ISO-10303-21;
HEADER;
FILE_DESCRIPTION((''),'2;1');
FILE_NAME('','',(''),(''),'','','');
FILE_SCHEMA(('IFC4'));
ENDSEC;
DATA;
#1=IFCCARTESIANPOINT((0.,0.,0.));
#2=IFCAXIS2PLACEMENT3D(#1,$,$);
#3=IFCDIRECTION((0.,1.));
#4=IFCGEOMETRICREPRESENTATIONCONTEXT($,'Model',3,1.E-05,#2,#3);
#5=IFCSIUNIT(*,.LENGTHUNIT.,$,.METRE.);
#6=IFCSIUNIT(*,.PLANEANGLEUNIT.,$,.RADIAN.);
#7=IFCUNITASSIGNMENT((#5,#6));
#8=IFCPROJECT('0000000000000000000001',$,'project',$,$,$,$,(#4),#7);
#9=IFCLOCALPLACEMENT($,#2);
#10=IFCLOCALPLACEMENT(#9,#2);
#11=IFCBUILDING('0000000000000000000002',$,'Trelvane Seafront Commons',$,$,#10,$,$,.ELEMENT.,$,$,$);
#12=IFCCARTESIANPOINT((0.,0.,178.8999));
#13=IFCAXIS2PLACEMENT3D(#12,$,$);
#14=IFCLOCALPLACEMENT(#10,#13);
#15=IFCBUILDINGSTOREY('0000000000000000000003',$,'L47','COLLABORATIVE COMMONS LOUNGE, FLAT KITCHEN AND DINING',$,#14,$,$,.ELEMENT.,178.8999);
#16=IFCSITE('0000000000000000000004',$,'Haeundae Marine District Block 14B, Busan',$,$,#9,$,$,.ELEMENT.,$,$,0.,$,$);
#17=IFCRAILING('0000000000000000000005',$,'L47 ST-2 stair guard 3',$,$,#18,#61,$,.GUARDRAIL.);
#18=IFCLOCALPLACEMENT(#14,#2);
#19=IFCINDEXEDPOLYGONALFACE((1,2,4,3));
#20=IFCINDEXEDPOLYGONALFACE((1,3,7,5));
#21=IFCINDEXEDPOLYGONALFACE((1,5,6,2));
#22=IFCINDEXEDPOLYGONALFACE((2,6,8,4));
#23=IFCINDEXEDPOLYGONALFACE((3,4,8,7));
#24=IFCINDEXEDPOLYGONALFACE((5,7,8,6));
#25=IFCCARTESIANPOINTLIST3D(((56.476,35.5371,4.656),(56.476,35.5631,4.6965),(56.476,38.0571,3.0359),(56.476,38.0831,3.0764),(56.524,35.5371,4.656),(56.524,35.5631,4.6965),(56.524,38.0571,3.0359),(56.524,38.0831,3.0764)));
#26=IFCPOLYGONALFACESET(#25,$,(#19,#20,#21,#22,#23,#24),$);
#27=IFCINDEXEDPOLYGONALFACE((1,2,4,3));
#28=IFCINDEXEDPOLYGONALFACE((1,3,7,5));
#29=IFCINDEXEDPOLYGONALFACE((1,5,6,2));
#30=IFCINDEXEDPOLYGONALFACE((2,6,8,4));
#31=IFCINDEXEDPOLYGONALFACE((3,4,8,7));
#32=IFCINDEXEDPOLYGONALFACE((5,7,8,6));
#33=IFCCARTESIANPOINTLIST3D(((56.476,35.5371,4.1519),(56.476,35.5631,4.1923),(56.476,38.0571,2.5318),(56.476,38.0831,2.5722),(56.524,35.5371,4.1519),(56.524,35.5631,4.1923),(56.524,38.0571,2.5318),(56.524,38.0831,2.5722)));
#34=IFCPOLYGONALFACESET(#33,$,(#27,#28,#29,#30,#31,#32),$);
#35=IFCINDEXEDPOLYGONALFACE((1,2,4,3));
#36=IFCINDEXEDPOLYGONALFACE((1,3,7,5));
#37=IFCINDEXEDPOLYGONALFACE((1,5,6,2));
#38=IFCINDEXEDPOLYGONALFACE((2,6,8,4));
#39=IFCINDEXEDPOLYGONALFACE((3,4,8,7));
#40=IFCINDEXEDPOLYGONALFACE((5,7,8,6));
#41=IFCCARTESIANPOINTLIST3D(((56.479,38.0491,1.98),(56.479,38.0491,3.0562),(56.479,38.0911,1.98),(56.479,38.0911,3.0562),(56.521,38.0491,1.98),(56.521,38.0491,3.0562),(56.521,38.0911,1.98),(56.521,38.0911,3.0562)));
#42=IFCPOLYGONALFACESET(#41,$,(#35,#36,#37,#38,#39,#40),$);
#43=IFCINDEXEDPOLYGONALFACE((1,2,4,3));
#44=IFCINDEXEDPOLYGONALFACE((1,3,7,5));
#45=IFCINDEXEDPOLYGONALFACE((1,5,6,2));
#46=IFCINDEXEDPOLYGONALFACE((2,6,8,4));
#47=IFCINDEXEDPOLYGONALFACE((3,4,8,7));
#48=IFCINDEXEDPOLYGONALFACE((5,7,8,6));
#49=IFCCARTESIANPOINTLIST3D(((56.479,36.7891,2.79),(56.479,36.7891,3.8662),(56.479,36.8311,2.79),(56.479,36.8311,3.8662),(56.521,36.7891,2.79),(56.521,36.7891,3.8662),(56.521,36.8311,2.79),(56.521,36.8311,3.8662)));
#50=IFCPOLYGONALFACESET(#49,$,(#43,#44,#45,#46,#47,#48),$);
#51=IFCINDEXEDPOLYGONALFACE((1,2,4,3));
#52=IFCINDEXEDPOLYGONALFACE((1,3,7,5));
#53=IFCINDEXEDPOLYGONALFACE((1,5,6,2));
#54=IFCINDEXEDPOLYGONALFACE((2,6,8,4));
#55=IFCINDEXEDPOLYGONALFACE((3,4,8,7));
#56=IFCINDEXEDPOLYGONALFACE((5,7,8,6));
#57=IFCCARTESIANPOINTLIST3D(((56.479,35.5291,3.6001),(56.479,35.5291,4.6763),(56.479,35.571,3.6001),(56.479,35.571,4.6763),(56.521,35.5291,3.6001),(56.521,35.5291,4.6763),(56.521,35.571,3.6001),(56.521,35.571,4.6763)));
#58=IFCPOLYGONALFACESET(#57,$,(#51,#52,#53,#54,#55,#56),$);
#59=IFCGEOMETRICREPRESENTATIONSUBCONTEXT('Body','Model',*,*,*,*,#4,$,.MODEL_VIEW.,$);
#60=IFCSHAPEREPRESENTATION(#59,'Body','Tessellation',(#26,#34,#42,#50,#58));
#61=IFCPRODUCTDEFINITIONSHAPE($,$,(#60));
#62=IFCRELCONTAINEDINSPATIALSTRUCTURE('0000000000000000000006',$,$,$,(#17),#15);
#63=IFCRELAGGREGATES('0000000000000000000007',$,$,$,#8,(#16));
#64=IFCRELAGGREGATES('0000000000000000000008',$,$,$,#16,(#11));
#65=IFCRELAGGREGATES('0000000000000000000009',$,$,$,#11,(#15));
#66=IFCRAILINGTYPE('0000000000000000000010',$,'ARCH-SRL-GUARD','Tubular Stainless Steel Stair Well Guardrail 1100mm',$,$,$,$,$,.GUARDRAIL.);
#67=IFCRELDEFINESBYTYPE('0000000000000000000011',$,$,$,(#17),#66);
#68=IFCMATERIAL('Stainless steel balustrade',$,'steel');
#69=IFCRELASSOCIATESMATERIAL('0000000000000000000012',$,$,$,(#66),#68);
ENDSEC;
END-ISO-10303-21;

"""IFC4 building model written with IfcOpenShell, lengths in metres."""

from ifc_helpers import new_model, si_unit, direction, frame, origin, origin_2d, place, context, subcontext, project, spatial, rectangle, extrude, material, type_object, element, save


model = new_model("IFC4")

# Units and contexts
model_context = context("Model", 3, precision=1e-05, world=origin(), true_north=direction((0.0, 1.0)))
body_context = subcontext(model_context, "Body", "Model", "MODEL_VIEW")
ifc_project = project(units=[si_unit("LENGTHUNIT", "METRE"), si_unit("PLANEANGLEUNIT", "RADIAN")], contexts=[model_context])

# Site, building, storey
site_placement = place(None, origin())
site = spatial("IfcSite", under=ifc_project, at=site_placement, Name="Haeundae Marine District Block 14B, Busan", CompositionType="ELEMENT", RefElevation=0.0)
building_placement = place(site_placement, origin())
building = spatial("IfcBuilding", under=site, at=building_placement, Name="Trelvane Seafront Commons", CompositionType="ELEMENT")
storey_placement = place(building_placement, frame((0.0, 0.0, 178.8999)))
storey = spatial("IfcBuildingStorey", under=building, at=storey_placement, Name="L47", Description="COLLABORATIVE COMMONS LOUNGE, FLAT KITCHEN AND DINING", CompositionType="ELEMENT", Elevation=178.8999)

# Railing
ifc_material_1 = material(Name="Stainless steel balustrade", Category="steel")
railing_type = type_object("IfcRailingType", Name="ARCH-SRL-GUARD", Description="Tubular Stainless Steel Stair Well Guardrail 1100mm", PredefinedType="GUARDRAIL", material=ifc_material_1)
railing_1_placement = place(storey_placement, frame((56.5, 38.0701, 1.98)))
element("IfcRailing", 1, at=railing_1_placement, inside=storey, type_object=railing_type, Name="L47 ST-2 stair guard 3", PredefinedType="GUARDRAIL", context=body_context, shape_type="SweptSolid", body=[
    extrude(rectangle(XDim=0.0481, YDim=0.0481, at=origin_2d()), frame((0.0, 0.0, 1.0762), z_axis=(0.0, -0.841163, 0.540782), x_axis=(1.0, 0.0, 0.0)), (0.0, 0.0, 1.0), 2.9958),
    extrude(rectangle(XDim=0.0481, YDim=0.0481, at=origin_2d()), frame((0.0, 0.0, 0.572), z_axis=(0.0, -0.841163, 0.540782), x_axis=(1.0, 0.0, 0.0)), (0.0, 0.0, 1.0), 2.9958),
    extrude(rectangle(XDim=0.042, YDim=0.042, at=origin_2d()), origin(), (0.0, 0.0, 1.0), 1.0762),
    extrude(rectangle(XDim=0.042, YDim=0.042, at=origin_2d()), frame((0.0, -1.26, 0.8101)), (0.0, 0.0, 1.0), 1.0762),
    extrude(rectangle(XDim=0.042, YDim=0.042, at=origin_2d()), frame((0.0, -2.52, 1.6201)), (0.0, 0.0, 1.0), 1.0762),
])

save(model, "model.ifc")
